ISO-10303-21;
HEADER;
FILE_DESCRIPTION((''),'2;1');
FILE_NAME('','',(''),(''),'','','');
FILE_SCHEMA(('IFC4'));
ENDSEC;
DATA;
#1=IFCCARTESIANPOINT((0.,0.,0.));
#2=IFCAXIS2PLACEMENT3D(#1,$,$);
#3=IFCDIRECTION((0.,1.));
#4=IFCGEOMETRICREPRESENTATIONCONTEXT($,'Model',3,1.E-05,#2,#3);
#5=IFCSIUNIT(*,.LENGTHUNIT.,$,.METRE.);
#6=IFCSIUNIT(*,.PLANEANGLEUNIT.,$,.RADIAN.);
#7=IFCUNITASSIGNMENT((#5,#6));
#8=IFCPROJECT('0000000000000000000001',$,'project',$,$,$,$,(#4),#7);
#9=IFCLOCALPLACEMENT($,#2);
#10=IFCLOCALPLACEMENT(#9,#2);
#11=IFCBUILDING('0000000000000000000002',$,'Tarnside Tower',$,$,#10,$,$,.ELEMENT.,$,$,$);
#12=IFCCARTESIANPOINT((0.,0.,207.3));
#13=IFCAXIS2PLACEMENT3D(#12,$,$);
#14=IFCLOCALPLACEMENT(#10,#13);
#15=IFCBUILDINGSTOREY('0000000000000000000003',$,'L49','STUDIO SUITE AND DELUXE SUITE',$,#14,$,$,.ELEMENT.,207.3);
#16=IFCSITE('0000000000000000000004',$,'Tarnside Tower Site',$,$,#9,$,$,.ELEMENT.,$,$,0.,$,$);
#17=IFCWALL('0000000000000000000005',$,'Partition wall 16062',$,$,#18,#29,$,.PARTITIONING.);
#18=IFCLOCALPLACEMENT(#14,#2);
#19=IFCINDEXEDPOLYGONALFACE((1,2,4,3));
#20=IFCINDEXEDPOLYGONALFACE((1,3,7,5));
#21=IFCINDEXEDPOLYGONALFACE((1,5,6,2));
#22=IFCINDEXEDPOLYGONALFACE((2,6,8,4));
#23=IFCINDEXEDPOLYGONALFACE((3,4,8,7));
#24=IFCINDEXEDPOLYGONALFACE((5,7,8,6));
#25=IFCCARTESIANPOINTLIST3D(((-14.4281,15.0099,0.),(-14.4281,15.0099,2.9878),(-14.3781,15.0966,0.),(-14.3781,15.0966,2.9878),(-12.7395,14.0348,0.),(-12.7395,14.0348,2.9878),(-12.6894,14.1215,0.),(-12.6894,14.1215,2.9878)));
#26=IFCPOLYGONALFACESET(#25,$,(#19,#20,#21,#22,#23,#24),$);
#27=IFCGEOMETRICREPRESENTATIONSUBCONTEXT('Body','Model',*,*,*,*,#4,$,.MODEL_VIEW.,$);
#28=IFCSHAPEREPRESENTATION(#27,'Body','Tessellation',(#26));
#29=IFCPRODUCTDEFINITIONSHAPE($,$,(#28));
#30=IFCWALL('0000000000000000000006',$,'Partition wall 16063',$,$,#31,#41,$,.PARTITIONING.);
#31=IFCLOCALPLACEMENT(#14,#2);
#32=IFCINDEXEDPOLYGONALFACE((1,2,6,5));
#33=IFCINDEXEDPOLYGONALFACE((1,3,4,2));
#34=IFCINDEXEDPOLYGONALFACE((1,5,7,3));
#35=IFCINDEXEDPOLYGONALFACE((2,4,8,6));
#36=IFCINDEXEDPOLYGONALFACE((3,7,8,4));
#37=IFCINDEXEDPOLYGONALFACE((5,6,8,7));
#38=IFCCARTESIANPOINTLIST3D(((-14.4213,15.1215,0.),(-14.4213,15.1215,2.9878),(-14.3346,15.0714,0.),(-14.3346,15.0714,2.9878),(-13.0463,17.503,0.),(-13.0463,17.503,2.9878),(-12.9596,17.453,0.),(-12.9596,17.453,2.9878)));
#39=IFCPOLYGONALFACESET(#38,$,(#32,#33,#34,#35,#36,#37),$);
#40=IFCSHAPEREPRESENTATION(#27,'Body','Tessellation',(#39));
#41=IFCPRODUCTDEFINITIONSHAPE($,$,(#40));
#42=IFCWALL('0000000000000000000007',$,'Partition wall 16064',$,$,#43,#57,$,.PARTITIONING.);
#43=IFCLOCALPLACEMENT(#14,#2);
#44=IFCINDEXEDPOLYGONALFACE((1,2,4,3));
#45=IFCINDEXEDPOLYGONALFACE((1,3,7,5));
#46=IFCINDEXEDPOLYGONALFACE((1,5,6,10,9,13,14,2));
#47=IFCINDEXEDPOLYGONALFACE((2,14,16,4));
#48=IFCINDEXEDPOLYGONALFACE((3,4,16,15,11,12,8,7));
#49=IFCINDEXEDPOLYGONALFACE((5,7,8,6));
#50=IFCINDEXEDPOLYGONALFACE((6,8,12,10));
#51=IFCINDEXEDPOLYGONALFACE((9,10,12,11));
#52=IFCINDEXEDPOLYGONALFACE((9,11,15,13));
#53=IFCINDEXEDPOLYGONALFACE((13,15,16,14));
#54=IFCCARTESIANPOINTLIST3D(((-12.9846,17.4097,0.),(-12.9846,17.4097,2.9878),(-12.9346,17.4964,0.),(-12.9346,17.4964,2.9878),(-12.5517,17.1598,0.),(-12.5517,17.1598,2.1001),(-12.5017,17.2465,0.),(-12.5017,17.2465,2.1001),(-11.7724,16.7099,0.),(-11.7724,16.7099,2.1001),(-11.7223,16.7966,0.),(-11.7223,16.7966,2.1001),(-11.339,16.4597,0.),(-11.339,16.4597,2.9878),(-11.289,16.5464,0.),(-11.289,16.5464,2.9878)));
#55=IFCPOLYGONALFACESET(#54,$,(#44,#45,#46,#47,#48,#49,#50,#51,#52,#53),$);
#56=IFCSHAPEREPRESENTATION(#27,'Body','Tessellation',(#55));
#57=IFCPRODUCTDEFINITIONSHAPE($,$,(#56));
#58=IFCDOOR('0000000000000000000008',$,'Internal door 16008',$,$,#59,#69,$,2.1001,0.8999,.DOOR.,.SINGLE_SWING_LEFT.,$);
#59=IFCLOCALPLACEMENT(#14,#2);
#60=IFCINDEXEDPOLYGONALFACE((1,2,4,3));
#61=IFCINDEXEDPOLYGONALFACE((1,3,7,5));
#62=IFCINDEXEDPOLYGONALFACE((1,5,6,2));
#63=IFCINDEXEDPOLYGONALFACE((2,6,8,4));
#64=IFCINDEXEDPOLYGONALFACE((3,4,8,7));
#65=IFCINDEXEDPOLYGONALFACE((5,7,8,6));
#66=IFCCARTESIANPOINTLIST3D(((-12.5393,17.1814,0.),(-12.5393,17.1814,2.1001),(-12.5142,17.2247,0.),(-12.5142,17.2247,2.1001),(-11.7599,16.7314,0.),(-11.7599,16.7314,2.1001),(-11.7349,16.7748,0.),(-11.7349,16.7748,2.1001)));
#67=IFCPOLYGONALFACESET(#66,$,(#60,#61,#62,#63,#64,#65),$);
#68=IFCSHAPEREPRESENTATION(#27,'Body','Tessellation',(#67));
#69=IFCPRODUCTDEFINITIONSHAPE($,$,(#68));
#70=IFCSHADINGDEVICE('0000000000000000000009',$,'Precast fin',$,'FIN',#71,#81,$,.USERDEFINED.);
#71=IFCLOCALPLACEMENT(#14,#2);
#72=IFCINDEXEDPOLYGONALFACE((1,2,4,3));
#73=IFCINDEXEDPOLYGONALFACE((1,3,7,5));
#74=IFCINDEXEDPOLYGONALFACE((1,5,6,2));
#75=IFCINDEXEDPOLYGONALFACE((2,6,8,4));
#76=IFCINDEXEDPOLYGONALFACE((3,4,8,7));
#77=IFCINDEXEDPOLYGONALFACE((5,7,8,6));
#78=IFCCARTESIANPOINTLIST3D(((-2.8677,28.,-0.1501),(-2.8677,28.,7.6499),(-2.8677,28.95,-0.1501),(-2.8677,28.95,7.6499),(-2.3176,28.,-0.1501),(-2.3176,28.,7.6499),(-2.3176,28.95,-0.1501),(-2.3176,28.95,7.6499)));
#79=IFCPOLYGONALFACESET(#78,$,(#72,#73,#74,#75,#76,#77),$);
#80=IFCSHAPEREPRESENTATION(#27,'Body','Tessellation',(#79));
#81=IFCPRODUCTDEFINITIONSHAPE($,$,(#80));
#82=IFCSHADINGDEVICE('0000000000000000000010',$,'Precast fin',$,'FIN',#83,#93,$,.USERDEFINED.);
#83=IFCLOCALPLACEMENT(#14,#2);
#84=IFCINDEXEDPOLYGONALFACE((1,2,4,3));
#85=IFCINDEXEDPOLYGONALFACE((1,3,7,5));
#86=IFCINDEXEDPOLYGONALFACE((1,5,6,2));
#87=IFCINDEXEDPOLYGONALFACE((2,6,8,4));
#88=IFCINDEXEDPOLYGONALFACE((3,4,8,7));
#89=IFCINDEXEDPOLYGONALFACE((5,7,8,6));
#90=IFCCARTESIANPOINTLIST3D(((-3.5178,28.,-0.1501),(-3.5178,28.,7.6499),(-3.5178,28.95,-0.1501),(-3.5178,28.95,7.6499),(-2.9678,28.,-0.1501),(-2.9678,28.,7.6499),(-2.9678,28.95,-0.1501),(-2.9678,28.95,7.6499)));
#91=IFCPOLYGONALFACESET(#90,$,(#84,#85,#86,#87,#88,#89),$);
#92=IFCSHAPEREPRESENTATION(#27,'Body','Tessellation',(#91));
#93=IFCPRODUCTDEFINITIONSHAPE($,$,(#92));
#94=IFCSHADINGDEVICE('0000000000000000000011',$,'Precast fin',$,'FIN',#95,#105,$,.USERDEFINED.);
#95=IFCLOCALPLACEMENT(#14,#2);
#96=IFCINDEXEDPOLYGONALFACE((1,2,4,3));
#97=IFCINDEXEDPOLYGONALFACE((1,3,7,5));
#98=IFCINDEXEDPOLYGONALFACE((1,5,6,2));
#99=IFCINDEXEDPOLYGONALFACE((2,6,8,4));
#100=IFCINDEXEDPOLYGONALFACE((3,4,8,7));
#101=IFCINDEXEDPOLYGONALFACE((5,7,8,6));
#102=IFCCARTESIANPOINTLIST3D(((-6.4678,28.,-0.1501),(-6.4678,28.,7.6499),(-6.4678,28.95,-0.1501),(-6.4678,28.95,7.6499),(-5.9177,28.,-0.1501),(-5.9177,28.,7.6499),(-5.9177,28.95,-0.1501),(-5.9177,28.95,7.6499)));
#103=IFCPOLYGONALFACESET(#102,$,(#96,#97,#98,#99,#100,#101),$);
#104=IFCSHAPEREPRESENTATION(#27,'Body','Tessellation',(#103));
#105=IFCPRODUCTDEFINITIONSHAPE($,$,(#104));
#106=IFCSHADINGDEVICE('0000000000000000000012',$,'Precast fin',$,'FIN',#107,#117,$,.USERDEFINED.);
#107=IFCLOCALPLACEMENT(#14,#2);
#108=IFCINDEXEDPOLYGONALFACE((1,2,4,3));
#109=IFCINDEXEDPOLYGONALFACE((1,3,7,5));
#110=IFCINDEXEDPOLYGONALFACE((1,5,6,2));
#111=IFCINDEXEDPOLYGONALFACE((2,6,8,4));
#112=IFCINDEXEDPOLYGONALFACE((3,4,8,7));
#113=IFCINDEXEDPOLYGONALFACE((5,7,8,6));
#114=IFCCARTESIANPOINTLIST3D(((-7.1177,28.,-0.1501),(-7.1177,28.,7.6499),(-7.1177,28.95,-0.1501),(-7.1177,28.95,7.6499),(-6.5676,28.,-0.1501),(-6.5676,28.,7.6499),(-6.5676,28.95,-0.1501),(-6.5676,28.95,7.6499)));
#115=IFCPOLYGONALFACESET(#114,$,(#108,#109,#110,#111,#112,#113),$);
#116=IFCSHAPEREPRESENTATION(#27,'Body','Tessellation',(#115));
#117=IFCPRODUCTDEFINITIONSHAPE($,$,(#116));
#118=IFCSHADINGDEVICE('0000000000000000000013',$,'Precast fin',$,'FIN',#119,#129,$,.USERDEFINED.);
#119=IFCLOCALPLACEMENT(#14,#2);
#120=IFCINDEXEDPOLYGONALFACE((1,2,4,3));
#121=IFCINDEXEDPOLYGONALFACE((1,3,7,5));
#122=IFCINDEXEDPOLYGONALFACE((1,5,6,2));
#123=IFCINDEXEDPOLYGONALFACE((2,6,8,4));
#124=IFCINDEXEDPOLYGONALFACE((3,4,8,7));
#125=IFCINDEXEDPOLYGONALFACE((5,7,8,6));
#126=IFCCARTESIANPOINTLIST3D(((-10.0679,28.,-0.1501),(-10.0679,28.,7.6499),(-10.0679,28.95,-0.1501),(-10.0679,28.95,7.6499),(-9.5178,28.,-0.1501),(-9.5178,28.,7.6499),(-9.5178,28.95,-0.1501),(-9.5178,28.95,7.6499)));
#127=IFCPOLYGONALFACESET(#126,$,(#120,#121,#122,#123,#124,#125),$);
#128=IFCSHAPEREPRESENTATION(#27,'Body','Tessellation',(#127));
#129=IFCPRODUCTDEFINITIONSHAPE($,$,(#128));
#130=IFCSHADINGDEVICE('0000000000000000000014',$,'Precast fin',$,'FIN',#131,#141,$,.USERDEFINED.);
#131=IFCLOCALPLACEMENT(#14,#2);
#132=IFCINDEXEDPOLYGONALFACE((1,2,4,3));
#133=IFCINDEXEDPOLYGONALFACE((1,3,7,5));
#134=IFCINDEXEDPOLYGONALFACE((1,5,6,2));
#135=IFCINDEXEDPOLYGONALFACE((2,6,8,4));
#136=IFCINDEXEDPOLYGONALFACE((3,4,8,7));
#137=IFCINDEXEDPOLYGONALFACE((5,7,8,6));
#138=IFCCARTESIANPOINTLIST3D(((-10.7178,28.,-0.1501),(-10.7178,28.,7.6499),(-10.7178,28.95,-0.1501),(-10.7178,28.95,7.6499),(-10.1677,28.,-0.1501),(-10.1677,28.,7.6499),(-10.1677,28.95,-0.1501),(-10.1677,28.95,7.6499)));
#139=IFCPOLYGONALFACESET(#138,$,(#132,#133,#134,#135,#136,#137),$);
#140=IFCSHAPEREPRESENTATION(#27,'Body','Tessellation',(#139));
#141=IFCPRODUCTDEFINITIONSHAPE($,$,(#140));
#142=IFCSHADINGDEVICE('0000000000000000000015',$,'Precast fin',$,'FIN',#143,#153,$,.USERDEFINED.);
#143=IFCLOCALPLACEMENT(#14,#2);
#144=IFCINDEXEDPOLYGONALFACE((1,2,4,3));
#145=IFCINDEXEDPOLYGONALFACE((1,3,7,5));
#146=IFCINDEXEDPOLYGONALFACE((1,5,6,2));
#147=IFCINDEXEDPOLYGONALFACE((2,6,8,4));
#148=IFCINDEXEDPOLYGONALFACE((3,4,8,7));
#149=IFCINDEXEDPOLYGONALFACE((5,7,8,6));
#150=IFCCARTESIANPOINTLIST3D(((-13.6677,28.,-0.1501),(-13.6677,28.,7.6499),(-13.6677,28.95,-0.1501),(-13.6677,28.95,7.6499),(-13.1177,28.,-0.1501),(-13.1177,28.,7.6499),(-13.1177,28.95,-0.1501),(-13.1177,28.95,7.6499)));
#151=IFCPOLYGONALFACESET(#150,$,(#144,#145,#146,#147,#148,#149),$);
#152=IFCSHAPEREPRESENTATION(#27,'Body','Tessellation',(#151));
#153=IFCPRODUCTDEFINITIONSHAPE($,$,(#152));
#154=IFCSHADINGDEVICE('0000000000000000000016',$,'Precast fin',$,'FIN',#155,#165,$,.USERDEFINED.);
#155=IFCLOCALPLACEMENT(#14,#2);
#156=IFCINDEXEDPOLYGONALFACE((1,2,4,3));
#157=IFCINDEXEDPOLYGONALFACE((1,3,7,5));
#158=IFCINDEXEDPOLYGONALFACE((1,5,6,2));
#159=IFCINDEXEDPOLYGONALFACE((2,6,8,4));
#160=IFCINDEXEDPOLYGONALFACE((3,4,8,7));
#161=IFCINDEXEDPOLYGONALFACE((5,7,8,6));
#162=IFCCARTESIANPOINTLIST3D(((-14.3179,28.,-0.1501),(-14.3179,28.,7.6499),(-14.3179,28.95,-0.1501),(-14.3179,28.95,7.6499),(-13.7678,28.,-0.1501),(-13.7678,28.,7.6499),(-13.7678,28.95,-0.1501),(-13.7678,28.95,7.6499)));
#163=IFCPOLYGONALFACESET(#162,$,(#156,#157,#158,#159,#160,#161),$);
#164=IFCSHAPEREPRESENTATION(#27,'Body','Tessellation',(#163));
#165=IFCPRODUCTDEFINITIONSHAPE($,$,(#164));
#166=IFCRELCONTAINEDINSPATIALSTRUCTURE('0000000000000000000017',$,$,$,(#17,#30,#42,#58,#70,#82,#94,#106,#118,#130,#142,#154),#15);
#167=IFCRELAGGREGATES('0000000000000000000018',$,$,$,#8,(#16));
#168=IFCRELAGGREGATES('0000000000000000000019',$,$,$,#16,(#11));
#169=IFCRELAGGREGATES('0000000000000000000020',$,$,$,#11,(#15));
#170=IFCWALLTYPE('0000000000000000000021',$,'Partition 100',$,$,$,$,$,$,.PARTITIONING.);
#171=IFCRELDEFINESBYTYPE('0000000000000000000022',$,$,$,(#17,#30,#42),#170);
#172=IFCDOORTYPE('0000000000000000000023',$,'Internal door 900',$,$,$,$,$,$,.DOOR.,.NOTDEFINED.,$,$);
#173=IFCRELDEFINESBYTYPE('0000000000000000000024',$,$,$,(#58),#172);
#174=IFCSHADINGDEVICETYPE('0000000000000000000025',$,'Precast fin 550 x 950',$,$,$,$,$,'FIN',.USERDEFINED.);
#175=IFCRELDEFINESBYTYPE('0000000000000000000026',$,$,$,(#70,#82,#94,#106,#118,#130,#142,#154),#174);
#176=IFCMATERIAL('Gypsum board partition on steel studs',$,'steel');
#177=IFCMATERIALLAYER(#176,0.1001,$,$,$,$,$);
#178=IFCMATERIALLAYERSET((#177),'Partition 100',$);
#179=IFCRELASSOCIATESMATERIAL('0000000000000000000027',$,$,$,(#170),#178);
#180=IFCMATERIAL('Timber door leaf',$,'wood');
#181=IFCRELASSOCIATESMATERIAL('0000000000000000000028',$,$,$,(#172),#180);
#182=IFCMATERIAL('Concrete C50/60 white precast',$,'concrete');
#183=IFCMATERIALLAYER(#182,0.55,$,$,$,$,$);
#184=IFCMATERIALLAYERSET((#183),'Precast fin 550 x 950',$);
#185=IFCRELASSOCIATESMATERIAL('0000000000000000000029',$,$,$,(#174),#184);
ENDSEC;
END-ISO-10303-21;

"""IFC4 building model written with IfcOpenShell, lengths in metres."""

from ifc_helpers import new_model, si_unit, direction, frame, frame_2d, origin, place, context, subcontext, project, spatial, polyline, rectangle, outline, extrude, material, layer, layer_set, type_object, element, fill, save


model = new_model("IFC4")

# Units and contexts
model_context = context("Model", 3, precision=1e-05, world=origin(), true_north=direction((0.0, 1.0)))
body_context = subcontext(model_context, "Body", "Model", "MODEL_VIEW")
ifc_project = project(units=[si_unit("LENGTHUNIT", "METRE"), si_unit("PLANEANGLEUNIT", "RADIAN")], contexts=[model_context])

# Site, building, storey
site_placement = place(None, origin())
site = spatial("IfcSite", under=ifc_project, at=site_placement, Name="Tarnside Tower Site", CompositionType="ELEMENT", RefElevation=0.0)
building_placement = place(site_placement, origin())
building = spatial("IfcBuilding", under=site, at=building_placement, Name="Tarnside Tower", CompositionType="ELEMENT")
storey_placement = place(building_placement, frame((0.0, 0.0, 207.3)))
storey = spatial("IfcBuildingStorey", under=building, at=storey_placement, Name="L49", Description="STUDIO SUITE AND DELUXE SUITE", CompositionType="ELEMENT", Elevation=207.3)

# Shared definitions
ifc_material_1 = material(Name="Gypsum board partition on steel studs", Category="steel")

# Shared definitions
ifc_material_2 = material(Name="Timber door leaf", Category="wood")

# Walls
ifc_layer_1 = layer(ifc_material_1, 0.1001)
ifc_layer_set_1 = layer_set([ifc_layer_1], Name="Partition 100")
wall_type_1 = type_object("IfcWallType", Name="Partition 100", PredefinedType="PARTITIONING", material=ifc_layer_set_1)
wall_1_placement = place(storey_placement, frame((-12.7144, 14.0781, 0.0), z_axis=(0.0, 0.0, 1.0), x_axis=(-0.866, 0.500044, 0.0)))
element("IfcWall", 1, at=wall_1_placement, inside=storey, type_object=wall_type_1, Name="Partition wall 16062", PredefinedType="PARTITIONING", context=body_context, shape_type="SweptSolid", body=[
    extrude(rectangle(XDim=1.95, YDim=0.1001, at=frame_2d((0.9751, 0.0))), origin(), (0.0, 0.0, 1.0), 2.9878),
])
wall_2_placement = place(storey_placement, frame((-14.3779, 15.0964, 0.0), z_axis=(0.0, 0.0, 1.0), x_axis=(0.499997, 0.866027, 0.0)))
element("IfcWall", 2, at=wall_2_placement, inside=storey, type_object=wall_type_1, Name="Partition wall 16063", PredefinedType="PARTITIONING", context=body_context, shape_type="SweptSolid", body=[
    extrude(rectangle(XDim=2.75, YDim=0.1001, at=frame_2d((1.375, 0.0))), origin(), (0.0, 0.0, 1.0), 2.9878),
])

# Wall, opening, door
wall_3_placement = place(storey_placement, frame((-12.9597, 17.4531, 0.0), z_axis=(0.0, 0.0, 1.0), x_axis=(0.866044, -0.499967, 0.0)))
wall_3 = element("IfcWall", 3, at=wall_3_placement, inside=storey, type_object=wall_type_1, Name="Partition wall 16064", PredefinedType="PARTITIONING", context=body_context, shape_type="SweptSolid", body=[
    extrude(rectangle(XDim=1.9001, YDim=0.1001, at=frame_2d((0.9502, 0.0))), origin(), (0.0, 0.0, 1.0), 2.9878),
])
opening_1_placement = place(wall_3_placement, frame((0.5, 0.0, 0.0)))
opening_1 = element("IfcOpeningElement", 4, at=opening_1_placement, cuts=wall_3, PredefinedType="OPENING", context=body_context, shape_type="SweptSolid", body=[
    extrude(rectangle(XDim=0.8999, YDim=2.1001, at=frame_2d((0.45, 1.05))), frame((0.0, 0.0601, 0.0), z_axis=(0.0, -1.0, 0.0), x_axis=(1.0, 0.0, 0.0)), (0.0, 0.0, 1.0), 0.1201),
])
door_type_1 = type_object("IfcDoorType", Name="Internal door 900", OperationType="NOTDEFINED", PredefinedType="DOOR", material=ifc_material_2)
door_1_placement = place(opening_1_placement, origin())
door_1 = element("IfcDoor", 5, at=door_1_placement, inside=storey, type_object=door_type_1, Name="Internal door 16008", OperationType="SINGLE_SWING_LEFT", OverallHeight=2.1001, OverallWidth=0.8999, PredefinedType="DOOR", context=body_context, shape_type="SweptSolid", body=[
    extrude(rectangle(XDim=0.8999, YDim=2.1001, at=frame_2d((0.45, 1.05))), frame((0.0, 0.0249, 0.0), z_axis=(0.0, -1.0, 0.0), x_axis=(1.0, 0.0, 0.0)), (0.0, 0.0, 1.0), 0.05),
])
fill(opening_1, door_1)

# Shading devices
ifc_material_3 = material(Name="Concrete C50/60 white precast", Category="concrete")
ifc_layer_2 = layer(ifc_material_3, 0.55)
ifc_layer_set_2 = layer_set([ifc_layer_2], Name="Precast fin 550 x 950")
shading_device_type = type_object("IfcShadingDeviceType", Name="Precast fin 550 x 950", ElementType="FIN", PredefinedType="USERDEFINED", material=ifc_layer_set_2)
for number, where, z_axis, x_axis, name in (
    (6, (-2.5928, 28.0, -0.1501), (1.0, 0.0, 0.0), (0.0, 1.0, 0.0), "Precast fin"),
    (7, (-3.2429, 28.0, -0.1501), (1.0, 0.0, 0.0), (0.0, 1.0, 0.0), "Precast fin"),
    (8, (-6.1929, 28.0, -0.1501), (1.0, 0.0, 0.0), (0.0, 1.0, 0.0), "Precast fin"),
    (9, (-6.8428, 28.0, -0.1501), (1.0, 0.0, 0.0), (0.0, 1.0, 0.0), "Precast fin"),
    (10, (-9.793, 28.0, -0.1501), (1.0, 0.0, 0.0), (0.0, 1.0, 0.0), "Precast fin"),
    (11, (-10.4429, 28.0, -0.1501), (1.0, 0.0, 0.0), (0.0, 1.0, 0.0), "Precast fin"),
    (12, (-13.3928, 28.0, -0.1501), (1.0, 0.0, 0.0), (0.0, 1.0, 0.0), "Precast fin"),
    (13, (-14.043, 28.0, -0.1501), (1.0, 0.0, 0.0), (0.0, 1.0, 0.0), "Precast fin"),
):
    element("IfcShadingDevice", number, at=place(storey_placement, frame(where, z_axis=z_axis, x_axis=x_axis)), inside=storey, type_object=shading_device_type, Name=name, ObjectType="FIN", PredefinedType="USERDEFINED", context=body_context, shape_type="SweptSolid", body=[
        extrude(outline(polyline([(0.0, 0.0), (0.95, 0.0), (0.95, 7.8), (0.0, 7.8), (0.0, 0.0)])), frame((0.0, 0.0, -0.2749)), (0.0, 0.0, 1.0), 0.55),
    ])

save(model, "model.ifc")
